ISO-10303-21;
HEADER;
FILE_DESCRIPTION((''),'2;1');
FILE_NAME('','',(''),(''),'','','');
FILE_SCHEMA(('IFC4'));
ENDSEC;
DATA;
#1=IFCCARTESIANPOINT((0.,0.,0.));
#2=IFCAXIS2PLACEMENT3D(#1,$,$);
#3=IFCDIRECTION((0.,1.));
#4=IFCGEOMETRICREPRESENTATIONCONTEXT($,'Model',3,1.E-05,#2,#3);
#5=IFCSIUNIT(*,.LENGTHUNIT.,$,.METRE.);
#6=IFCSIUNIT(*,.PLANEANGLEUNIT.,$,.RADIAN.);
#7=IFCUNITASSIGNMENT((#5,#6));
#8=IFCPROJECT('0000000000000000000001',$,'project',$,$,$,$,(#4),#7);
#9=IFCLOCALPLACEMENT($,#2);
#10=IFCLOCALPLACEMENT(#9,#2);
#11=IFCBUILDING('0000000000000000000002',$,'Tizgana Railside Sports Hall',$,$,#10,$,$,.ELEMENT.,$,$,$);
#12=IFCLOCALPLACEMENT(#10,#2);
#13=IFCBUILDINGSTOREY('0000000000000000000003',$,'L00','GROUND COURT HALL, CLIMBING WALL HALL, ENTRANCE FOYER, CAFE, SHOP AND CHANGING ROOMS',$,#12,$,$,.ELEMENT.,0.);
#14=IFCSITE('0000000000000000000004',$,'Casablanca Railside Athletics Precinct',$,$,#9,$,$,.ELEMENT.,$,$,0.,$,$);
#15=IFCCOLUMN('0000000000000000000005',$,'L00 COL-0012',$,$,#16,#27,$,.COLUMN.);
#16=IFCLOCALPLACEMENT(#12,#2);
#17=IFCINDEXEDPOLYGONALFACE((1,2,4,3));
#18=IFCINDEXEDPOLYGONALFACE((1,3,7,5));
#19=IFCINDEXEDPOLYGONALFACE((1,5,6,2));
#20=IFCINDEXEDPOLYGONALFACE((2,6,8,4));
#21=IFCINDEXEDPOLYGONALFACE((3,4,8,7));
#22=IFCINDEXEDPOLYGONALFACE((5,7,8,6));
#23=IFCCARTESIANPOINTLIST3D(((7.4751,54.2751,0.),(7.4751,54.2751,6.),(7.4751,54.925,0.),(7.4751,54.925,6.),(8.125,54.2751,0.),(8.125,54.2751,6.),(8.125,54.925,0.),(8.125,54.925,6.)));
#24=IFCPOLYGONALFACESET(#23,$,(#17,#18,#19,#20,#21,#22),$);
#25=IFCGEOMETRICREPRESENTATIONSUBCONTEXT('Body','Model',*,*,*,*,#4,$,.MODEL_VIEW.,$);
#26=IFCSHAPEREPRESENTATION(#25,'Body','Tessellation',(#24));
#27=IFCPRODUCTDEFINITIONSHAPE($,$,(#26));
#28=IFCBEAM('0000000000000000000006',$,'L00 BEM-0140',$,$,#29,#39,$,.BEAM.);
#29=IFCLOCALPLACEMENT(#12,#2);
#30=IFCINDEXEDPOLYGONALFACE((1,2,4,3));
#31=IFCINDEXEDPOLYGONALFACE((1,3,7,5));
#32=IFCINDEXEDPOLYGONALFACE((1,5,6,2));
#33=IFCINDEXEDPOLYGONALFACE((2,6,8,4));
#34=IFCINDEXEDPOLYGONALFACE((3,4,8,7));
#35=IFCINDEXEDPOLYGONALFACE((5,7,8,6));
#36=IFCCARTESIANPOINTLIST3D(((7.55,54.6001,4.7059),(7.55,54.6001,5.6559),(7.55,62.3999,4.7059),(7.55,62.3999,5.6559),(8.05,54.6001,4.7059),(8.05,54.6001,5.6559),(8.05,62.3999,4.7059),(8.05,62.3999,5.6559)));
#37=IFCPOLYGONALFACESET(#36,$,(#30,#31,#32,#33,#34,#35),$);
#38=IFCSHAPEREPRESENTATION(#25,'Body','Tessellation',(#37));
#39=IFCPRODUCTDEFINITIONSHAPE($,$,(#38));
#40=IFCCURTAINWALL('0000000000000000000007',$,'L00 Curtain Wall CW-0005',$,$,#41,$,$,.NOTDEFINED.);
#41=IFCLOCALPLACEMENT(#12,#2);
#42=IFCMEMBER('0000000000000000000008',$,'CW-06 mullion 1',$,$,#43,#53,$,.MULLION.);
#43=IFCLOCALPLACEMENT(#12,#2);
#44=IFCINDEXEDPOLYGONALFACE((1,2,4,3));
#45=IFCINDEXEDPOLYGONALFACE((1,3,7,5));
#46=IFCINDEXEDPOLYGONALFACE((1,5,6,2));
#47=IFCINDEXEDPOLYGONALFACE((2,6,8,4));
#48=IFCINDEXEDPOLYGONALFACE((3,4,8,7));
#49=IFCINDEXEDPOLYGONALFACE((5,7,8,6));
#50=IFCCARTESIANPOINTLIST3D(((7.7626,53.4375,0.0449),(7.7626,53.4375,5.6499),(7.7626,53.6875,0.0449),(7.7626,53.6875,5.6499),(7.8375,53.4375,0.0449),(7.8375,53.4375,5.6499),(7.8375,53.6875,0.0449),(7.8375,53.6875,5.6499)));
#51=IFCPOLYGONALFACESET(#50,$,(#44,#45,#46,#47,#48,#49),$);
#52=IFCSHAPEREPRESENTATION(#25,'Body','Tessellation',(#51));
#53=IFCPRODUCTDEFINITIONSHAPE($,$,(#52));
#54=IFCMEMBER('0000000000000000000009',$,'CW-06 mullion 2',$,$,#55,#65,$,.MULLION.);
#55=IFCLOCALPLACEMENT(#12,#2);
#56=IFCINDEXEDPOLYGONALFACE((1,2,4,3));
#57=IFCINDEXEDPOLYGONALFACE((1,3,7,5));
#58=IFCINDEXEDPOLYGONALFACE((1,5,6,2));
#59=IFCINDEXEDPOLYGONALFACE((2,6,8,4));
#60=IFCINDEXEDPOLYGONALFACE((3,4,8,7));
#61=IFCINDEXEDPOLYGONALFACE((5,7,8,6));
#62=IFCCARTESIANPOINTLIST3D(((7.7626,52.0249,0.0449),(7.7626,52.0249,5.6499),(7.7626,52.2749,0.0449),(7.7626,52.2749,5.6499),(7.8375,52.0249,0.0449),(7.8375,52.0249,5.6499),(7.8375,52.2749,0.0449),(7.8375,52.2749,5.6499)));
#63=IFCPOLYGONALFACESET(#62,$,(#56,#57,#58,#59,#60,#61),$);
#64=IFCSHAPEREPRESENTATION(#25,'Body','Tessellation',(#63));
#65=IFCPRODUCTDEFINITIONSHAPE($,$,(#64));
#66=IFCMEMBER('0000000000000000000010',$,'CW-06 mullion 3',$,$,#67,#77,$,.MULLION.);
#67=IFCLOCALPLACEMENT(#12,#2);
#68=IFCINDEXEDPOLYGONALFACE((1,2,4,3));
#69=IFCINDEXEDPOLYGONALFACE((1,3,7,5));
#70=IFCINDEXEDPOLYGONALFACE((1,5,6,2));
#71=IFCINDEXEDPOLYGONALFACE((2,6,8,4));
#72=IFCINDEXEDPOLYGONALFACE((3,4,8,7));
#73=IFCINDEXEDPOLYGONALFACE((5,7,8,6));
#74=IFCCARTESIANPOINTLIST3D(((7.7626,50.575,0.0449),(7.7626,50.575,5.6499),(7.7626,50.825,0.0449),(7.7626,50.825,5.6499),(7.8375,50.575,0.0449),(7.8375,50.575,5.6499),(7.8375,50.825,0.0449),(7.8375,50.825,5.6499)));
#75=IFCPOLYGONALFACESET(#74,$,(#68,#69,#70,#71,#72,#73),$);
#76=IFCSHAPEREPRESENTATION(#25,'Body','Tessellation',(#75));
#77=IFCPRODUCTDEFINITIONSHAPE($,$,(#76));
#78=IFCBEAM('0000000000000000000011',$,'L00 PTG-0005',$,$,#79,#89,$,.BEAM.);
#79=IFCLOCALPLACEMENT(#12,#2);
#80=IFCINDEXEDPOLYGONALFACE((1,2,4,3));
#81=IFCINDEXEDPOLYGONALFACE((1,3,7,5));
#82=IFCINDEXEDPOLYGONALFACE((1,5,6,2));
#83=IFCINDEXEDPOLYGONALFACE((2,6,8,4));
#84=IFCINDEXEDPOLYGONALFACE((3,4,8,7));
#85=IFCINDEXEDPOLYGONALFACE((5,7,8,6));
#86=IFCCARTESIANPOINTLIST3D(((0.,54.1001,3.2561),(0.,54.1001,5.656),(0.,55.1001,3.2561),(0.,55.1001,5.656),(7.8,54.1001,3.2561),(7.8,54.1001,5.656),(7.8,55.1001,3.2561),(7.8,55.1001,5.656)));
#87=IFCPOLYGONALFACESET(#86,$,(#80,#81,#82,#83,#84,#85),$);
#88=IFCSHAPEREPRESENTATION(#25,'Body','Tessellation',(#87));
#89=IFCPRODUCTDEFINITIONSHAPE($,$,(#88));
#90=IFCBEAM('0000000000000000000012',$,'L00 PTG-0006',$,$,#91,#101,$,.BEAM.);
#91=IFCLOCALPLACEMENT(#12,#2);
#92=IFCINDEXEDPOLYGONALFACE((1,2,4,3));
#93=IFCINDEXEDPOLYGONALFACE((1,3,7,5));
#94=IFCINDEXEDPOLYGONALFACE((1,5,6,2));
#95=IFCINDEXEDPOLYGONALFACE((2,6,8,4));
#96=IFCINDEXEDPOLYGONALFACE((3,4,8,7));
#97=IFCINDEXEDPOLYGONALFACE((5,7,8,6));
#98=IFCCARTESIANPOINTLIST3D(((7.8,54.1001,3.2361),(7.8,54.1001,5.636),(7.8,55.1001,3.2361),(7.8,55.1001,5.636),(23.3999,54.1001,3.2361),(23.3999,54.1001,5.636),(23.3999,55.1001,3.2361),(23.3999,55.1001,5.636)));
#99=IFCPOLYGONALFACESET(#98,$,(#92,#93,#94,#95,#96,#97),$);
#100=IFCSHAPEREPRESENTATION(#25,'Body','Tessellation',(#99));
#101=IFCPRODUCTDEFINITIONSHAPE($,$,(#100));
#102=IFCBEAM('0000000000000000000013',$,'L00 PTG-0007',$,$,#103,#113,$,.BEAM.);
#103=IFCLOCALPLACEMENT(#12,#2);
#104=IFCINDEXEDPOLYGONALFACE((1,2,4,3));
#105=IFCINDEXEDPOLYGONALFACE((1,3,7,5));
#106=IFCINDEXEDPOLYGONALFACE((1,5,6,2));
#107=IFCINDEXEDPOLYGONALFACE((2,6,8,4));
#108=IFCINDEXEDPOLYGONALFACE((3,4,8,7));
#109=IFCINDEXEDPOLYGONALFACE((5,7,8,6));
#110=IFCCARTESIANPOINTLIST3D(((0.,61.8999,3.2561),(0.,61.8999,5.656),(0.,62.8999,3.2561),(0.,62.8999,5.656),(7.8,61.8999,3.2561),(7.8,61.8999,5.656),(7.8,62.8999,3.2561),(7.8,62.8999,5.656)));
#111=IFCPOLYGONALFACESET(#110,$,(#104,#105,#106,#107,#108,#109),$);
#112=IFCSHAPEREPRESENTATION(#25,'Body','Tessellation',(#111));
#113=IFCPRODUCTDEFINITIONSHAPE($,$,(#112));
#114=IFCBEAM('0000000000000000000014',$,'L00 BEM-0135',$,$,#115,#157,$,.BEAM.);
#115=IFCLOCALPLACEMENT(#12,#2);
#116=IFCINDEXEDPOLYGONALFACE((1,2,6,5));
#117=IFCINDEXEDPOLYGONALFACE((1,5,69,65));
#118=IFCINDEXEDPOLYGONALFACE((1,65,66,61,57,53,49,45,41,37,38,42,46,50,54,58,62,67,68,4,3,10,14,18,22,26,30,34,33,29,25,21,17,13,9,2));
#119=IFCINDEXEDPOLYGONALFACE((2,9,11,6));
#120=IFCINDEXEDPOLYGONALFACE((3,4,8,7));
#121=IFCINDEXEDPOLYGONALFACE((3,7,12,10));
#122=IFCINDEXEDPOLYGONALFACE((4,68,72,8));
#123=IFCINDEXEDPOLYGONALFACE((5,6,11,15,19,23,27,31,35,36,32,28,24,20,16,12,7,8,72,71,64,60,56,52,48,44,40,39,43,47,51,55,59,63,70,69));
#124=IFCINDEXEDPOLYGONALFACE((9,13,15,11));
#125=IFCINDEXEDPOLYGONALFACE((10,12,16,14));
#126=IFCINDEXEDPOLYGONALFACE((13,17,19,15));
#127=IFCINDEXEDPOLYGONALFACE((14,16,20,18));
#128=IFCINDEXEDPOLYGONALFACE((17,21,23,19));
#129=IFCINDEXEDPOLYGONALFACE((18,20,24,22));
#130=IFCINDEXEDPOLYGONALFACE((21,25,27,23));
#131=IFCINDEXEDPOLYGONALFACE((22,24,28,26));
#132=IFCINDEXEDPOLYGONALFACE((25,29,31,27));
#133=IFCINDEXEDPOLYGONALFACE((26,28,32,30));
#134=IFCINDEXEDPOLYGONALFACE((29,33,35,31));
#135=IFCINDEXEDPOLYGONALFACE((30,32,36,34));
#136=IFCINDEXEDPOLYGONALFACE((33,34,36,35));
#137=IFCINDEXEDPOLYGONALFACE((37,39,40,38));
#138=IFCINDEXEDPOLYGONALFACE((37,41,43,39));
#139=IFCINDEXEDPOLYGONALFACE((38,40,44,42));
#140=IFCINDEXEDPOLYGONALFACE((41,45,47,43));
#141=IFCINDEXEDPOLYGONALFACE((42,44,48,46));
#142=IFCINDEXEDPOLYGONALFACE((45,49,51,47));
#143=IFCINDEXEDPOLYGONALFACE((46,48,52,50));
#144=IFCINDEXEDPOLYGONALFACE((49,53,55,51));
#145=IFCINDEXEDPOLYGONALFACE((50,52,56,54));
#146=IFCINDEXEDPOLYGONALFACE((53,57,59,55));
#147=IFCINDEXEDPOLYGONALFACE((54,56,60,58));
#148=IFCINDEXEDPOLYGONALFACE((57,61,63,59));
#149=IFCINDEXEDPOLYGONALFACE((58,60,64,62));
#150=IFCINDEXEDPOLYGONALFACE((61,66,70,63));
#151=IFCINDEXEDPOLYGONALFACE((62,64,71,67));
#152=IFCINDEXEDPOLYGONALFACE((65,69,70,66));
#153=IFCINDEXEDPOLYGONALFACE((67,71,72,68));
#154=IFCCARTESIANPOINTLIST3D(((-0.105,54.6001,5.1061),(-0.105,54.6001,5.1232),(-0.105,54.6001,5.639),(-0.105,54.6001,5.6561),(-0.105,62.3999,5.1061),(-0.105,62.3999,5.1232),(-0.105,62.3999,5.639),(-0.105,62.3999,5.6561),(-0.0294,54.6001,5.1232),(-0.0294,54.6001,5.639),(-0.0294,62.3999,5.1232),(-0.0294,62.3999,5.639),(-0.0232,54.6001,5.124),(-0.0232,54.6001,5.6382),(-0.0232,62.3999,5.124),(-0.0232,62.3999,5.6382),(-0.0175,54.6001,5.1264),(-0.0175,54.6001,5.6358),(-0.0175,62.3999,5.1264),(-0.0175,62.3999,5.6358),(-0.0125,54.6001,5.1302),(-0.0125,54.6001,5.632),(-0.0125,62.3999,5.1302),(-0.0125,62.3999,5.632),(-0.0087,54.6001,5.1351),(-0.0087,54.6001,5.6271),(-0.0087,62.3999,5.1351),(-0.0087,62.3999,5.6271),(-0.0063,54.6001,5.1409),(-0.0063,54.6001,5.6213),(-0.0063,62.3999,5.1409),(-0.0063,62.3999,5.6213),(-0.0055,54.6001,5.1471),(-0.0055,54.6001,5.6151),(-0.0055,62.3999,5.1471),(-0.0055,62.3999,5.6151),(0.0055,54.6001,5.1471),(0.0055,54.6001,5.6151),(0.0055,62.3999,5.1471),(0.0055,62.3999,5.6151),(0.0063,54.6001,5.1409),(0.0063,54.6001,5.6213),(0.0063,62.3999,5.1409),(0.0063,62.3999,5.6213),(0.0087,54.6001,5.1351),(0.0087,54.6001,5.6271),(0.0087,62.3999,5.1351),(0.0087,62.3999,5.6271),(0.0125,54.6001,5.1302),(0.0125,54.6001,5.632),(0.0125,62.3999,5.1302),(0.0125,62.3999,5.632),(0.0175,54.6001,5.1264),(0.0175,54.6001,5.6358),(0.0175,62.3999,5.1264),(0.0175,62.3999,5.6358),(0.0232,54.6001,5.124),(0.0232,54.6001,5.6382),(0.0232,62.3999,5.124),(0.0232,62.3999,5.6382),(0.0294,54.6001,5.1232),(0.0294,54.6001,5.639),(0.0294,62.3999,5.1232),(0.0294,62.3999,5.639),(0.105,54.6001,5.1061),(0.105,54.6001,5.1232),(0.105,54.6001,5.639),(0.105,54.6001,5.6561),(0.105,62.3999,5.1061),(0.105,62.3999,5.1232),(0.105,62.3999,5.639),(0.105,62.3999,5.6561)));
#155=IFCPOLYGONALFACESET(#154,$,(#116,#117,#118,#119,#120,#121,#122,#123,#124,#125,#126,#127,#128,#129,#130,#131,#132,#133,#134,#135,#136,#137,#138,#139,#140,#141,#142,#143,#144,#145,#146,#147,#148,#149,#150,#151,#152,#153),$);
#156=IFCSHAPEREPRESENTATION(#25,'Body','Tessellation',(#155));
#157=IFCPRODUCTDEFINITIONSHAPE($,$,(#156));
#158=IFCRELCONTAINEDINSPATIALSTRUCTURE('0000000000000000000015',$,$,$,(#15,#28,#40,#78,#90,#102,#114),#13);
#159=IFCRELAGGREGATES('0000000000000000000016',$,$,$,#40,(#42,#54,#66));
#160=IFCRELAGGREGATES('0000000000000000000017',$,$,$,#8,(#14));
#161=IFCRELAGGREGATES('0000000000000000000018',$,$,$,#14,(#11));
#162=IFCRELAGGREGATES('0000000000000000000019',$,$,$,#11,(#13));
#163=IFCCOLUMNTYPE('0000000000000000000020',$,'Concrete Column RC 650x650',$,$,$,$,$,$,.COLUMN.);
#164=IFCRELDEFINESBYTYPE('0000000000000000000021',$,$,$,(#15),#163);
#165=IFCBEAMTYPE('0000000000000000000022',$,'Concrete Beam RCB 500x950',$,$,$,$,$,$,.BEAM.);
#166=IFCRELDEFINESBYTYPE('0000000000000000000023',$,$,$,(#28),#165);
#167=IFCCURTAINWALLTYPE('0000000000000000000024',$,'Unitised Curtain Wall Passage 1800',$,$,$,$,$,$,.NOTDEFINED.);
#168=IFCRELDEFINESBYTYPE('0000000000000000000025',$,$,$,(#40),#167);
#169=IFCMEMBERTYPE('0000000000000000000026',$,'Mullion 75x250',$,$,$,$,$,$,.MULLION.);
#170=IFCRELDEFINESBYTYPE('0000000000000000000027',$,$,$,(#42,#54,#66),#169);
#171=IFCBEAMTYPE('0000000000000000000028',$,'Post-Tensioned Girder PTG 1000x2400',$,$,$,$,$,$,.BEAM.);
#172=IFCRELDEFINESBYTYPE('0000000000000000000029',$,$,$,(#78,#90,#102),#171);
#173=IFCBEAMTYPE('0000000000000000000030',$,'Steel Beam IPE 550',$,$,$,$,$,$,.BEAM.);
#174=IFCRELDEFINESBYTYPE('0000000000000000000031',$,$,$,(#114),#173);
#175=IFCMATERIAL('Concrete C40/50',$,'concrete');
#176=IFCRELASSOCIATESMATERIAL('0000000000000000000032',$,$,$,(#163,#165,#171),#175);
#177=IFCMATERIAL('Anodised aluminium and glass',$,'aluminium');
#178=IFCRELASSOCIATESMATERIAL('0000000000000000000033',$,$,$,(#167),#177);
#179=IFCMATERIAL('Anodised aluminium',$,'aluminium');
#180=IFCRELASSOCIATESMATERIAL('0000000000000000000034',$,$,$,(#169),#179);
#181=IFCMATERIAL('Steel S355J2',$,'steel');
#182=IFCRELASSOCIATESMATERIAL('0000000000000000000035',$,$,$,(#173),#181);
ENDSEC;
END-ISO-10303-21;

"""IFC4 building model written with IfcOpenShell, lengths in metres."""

from ifc_helpers import new_model, si_unit, direction, frame, origin, origin_2d, place, context, subcontext, project, spatial, rectangle, i_section, extrude, material, material_profile, profile_set, type_object, element, aggregate, save


model = new_model("IFC4")

# Units and contexts
model_context = context("Model", 3, precision=1e-05, world=origin(), true_north=direction((0.0, 1.0)))
body_context = subcontext(model_context, "Body", "Model", "MODEL_VIEW")
ifc_project = project(units=[si_unit("LENGTHUNIT", "METRE"), si_unit("PLANEANGLEUNIT", "RADIAN")], contexts=[model_context])

# Site, building, storey
site_placement = place(None, origin())
site = spatial("IfcSite", under=ifc_project, at=site_placement, Name="Casablanca Railside Athletics Precinct", CompositionType="ELEMENT", RefElevation=0.0)
building_placement = place(site_placement, origin())
building = spatial("IfcBuilding", under=site, at=building_placement, Name="Tizgana Railside Sports Hall", CompositionType="ELEMENT")
storey_placement = place(building_placement, origin())
storey = spatial("IfcBuildingStorey", under=building, at=storey_placement, Name="L00", Description="GROUND COURT HALL, CLIMBING WALL HALL, ENTRANCE FOYER, CAFE, SHOP AND CHANGING ROOMS", CompositionType="ELEMENT", Elevation=0.0)

# Column
ifc_material_1 = material(Name="Concrete C40/50", Category="concrete")
ifc_material_profile_1 = material_profile(ifc_material_1, rectangle(XDim=0.6499, YDim=0.6499, at=origin_2d()), Name="RC 650x650")
ifc_profile_set_1 = profile_set([ifc_material_profile_1], Name="Concrete C40/50")
column_type = type_object("IfcColumnType", Name="Concrete Column RC 650x650", PredefinedType="COLUMN", material=ifc_profile_set_1)
column_placement = place(storey_placement, frame((7.8, 54.6001, 0.0), z_axis=(0.0, 0.0, 1.0), x_axis=(1.0, 0.0, 0.0)))
element("IfcColumn", 1, at=column_placement, inside=storey, type_object=column_type, Name="L00 COL-0012", PredefinedType="COLUMN", context=body_context, shape_type="SweptSolid", body=[
    extrude(rectangle(XDim=0.6499, YDim=0.6499, at=origin_2d()), origin(), (0.0, 0.0, 1.0), 6.0),
])

# Beam
ifc_material_profile_2 = material_profile(ifc_material_1, rectangle(XDim=0.5, YDim=0.95, at=origin_2d()), Name="RCB 500x950")
ifc_profile_set_2 = profile_set([ifc_material_profile_2], Name="Concrete C40/50")
beam_type_1 = type_object("IfcBeamType", Name="Concrete Beam RCB 500x950", PredefinedType="BEAM", material=ifc_profile_set_2)
beam_1_placement = place(storey_placement, frame((7.8, 54.6001, 5.1809), z_axis=(0.0, 1.0, 0.0), x_axis=(-1.0, 0.0, 0.0)))
element("IfcBeam", 2, at=beam_1_placement, inside=storey, type_object=beam_type_1, Name="L00 BEM-0140", PredefinedType="BEAM", context=body_context, shape_type="SweptSolid", body=[
    extrude(rectangle(XDim=0.5, YDim=0.95, at=origin_2d()), origin(), (0.0, 0.0, 1.0), 7.7998),
])

# Curtain wall, members
ifc_material_2 = material(Name="Anodised aluminium and glass", Category="aluminium")
curtain_wall_type = type_object("IfcCurtainWallType", Name="Unitised Curtain Wall Passage 1800", PredefinedType="NOTDEFINED", material=ifc_material_2)
curtain_wall_placement = place(storey_placement, origin())
curtain_wall = element("IfcCurtainWall", 3, at=curtain_wall_placement, inside=storey, type_object=curtain_wall_type, Name="L00 Curtain Wall CW-0005", PredefinedType="NOTDEFINED")
ifc_material_3 = material(Name="Anodised aluminium", Category="aluminium")
ifc_material_profile_3 = material_profile(ifc_material_3, rectangle(XDim=0.075, YDim=0.25, at=origin_2d()), Name="Mullion 75x250")
ifc_profile_set_3 = profile_set([ifc_material_profile_3], Name="Anodised aluminium")
member_type_1 = type_object("IfcMemberType", Name="Mullion 75x250", PredefinedType="MULLION", material=ifc_profile_set_3)
member_1_placement = place(storey_placement, frame((7.8, 53.5625, 0.0449), z_axis=(0.0, 0.0, 1.0), x_axis=(1.0, 0.0, 0.0)))
member_1 = element("IfcMember", 4, at=member_1_placement, type_object=member_type_1, Name="CW-06 mullion 1", PredefinedType="MULLION", context=body_context, shape_type="SweptSolid", body=[
    extrude(rectangle(XDim=0.075, YDim=0.25, at=origin_2d()), origin(), (0.0, 0.0, 1.0), 5.605),
])
member_2_placement = place(storey_placement, frame((7.8, 52.1499, 0.0449), z_axis=(0.0, 0.0, 1.0), x_axis=(1.0, 0.0, 0.0)))
member_2 = element("IfcMember", 5, at=member_2_placement, type_object=member_type_1, Name="CW-06 mullion 2", PredefinedType="MULLION", context=body_context, shape_type="SweptSolid", body=[
    extrude(rectangle(XDim=0.075, YDim=0.25, at=origin_2d()), origin(), (0.0, 0.0, 1.0), 5.605),
])
member_3_placement = place(storey_placement, frame((7.8, 50.7, 0.0449), z_axis=(0.0, 0.0, 1.0), x_axis=(1.0, 0.0, 0.0)))
member_3 = element("IfcMember", 6, at=member_3_placement, type_object=member_type_1, Name="CW-06 mullion 3", PredefinedType="MULLION", context=body_context, shape_type="SweptSolid", body=[
    extrude(rectangle(XDim=0.075, YDim=0.25, at=origin_2d()), origin(), (0.0, 0.0, 1.0), 5.605),
])

# Beams
ifc_material_profile_4 = material_profile(ifc_material_1, rectangle(XDim=1.0, YDim=2.3999, at=origin_2d()), Name="PTG 1000x2400")
ifc_profile_set_4 = profile_set([ifc_material_profile_4], Name="Concrete C40/50")
beam_type_2 = type_object("IfcBeamType", Name="Post-Tensioned Girder PTG 1000x2400", PredefinedType="BEAM", material=ifc_profile_set_4)
beam_2_placement = place(storey_placement, frame((0.0, 54.6001, 4.4561), z_axis=(1.0, 0.0, 0.0), x_axis=(0.0, 1.0, 0.0)))
element("IfcBeam", 7, at=beam_2_placement, inside=storey, type_object=beam_type_2, Name="L00 PTG-0005", PredefinedType="BEAM", context=body_context, shape_type="SweptSolid", body=[
    extrude(rectangle(XDim=1.0, YDim=2.3999, at=origin_2d()), origin(), (0.0, 0.0, 1.0), 7.8),
])
beam_3_placement = place(storey_placement, frame((7.8, 54.6001, 4.436), z_axis=(1.0, 0.0, 0.0), x_axis=(0.0, 1.0, 0.0)))
element("IfcBeam", 8, at=beam_3_placement, inside=storey, type_object=beam_type_2, Name="L00 PTG-0006", PredefinedType="BEAM", context=body_context, shape_type="SweptSolid", body=[
    extrude(rectangle(XDim=1.0, YDim=2.3999, at=origin_2d()), origin(), (0.0, 0.0, 1.0), 15.5999),
])
beam_4_placement = place(storey_placement, frame((0.0, 62.3999, 4.4561), z_axis=(1.0, 0.0, 0.0), x_axis=(0.0, 1.0, 0.0)))
element("IfcBeam", 9, at=beam_4_placement, inside=storey, type_object=beam_type_2, Name="L00 PTG-0007", PredefinedType="BEAM", context=body_context, shape_type="SweptSolid", body=[
    extrude(rectangle(XDim=1.0, YDim=2.3999, at=origin_2d()), origin(), (0.0, 0.0, 1.0), 7.8),
])
ifc_material_4 = material(Name="Steel S355J2", Category="steel")
ifc_material_profile_5 = material_profile(ifc_material_4, i_section(OverallWidth=0.21, OverallDepth=0.55, WebThickness=0.011, FlangeThickness=0.0171, FilletRadius=0.0239, at=origin_2d()), Name="IPE 550")
ifc_profile_set_5 = profile_set([ifc_material_profile_5], Name="Steel S355J2")
beam_type_3 = type_object("IfcBeamType", Name="Steel Beam IPE 550", PredefinedType="BEAM", material=ifc_profile_set_5)
beam_5_placement = place(storey_placement, frame((0.0, 54.6001, 5.3811), z_axis=(0.0, 1.0, 0.0), x_axis=(-1.0, 0.0, 0.0)))
element("IfcBeam", 10, at=beam_5_placement, inside=storey, type_object=beam_type_3, Name="L00 BEM-0135", PredefinedType="BEAM", context=body_context, shape_type="SweptSolid", body=[
    extrude(i_section(OverallWidth=0.21, OverallDepth=0.55, WebThickness=0.011, FlangeThickness=0.0171, FilletRadius=0.0239, at=origin_2d()), origin(), (0.0, 0.0, 1.0), 7.7998),
])

aggregate(curtain_wall, [member_1, member_2, member_3])

save(model, "model.ifc")
